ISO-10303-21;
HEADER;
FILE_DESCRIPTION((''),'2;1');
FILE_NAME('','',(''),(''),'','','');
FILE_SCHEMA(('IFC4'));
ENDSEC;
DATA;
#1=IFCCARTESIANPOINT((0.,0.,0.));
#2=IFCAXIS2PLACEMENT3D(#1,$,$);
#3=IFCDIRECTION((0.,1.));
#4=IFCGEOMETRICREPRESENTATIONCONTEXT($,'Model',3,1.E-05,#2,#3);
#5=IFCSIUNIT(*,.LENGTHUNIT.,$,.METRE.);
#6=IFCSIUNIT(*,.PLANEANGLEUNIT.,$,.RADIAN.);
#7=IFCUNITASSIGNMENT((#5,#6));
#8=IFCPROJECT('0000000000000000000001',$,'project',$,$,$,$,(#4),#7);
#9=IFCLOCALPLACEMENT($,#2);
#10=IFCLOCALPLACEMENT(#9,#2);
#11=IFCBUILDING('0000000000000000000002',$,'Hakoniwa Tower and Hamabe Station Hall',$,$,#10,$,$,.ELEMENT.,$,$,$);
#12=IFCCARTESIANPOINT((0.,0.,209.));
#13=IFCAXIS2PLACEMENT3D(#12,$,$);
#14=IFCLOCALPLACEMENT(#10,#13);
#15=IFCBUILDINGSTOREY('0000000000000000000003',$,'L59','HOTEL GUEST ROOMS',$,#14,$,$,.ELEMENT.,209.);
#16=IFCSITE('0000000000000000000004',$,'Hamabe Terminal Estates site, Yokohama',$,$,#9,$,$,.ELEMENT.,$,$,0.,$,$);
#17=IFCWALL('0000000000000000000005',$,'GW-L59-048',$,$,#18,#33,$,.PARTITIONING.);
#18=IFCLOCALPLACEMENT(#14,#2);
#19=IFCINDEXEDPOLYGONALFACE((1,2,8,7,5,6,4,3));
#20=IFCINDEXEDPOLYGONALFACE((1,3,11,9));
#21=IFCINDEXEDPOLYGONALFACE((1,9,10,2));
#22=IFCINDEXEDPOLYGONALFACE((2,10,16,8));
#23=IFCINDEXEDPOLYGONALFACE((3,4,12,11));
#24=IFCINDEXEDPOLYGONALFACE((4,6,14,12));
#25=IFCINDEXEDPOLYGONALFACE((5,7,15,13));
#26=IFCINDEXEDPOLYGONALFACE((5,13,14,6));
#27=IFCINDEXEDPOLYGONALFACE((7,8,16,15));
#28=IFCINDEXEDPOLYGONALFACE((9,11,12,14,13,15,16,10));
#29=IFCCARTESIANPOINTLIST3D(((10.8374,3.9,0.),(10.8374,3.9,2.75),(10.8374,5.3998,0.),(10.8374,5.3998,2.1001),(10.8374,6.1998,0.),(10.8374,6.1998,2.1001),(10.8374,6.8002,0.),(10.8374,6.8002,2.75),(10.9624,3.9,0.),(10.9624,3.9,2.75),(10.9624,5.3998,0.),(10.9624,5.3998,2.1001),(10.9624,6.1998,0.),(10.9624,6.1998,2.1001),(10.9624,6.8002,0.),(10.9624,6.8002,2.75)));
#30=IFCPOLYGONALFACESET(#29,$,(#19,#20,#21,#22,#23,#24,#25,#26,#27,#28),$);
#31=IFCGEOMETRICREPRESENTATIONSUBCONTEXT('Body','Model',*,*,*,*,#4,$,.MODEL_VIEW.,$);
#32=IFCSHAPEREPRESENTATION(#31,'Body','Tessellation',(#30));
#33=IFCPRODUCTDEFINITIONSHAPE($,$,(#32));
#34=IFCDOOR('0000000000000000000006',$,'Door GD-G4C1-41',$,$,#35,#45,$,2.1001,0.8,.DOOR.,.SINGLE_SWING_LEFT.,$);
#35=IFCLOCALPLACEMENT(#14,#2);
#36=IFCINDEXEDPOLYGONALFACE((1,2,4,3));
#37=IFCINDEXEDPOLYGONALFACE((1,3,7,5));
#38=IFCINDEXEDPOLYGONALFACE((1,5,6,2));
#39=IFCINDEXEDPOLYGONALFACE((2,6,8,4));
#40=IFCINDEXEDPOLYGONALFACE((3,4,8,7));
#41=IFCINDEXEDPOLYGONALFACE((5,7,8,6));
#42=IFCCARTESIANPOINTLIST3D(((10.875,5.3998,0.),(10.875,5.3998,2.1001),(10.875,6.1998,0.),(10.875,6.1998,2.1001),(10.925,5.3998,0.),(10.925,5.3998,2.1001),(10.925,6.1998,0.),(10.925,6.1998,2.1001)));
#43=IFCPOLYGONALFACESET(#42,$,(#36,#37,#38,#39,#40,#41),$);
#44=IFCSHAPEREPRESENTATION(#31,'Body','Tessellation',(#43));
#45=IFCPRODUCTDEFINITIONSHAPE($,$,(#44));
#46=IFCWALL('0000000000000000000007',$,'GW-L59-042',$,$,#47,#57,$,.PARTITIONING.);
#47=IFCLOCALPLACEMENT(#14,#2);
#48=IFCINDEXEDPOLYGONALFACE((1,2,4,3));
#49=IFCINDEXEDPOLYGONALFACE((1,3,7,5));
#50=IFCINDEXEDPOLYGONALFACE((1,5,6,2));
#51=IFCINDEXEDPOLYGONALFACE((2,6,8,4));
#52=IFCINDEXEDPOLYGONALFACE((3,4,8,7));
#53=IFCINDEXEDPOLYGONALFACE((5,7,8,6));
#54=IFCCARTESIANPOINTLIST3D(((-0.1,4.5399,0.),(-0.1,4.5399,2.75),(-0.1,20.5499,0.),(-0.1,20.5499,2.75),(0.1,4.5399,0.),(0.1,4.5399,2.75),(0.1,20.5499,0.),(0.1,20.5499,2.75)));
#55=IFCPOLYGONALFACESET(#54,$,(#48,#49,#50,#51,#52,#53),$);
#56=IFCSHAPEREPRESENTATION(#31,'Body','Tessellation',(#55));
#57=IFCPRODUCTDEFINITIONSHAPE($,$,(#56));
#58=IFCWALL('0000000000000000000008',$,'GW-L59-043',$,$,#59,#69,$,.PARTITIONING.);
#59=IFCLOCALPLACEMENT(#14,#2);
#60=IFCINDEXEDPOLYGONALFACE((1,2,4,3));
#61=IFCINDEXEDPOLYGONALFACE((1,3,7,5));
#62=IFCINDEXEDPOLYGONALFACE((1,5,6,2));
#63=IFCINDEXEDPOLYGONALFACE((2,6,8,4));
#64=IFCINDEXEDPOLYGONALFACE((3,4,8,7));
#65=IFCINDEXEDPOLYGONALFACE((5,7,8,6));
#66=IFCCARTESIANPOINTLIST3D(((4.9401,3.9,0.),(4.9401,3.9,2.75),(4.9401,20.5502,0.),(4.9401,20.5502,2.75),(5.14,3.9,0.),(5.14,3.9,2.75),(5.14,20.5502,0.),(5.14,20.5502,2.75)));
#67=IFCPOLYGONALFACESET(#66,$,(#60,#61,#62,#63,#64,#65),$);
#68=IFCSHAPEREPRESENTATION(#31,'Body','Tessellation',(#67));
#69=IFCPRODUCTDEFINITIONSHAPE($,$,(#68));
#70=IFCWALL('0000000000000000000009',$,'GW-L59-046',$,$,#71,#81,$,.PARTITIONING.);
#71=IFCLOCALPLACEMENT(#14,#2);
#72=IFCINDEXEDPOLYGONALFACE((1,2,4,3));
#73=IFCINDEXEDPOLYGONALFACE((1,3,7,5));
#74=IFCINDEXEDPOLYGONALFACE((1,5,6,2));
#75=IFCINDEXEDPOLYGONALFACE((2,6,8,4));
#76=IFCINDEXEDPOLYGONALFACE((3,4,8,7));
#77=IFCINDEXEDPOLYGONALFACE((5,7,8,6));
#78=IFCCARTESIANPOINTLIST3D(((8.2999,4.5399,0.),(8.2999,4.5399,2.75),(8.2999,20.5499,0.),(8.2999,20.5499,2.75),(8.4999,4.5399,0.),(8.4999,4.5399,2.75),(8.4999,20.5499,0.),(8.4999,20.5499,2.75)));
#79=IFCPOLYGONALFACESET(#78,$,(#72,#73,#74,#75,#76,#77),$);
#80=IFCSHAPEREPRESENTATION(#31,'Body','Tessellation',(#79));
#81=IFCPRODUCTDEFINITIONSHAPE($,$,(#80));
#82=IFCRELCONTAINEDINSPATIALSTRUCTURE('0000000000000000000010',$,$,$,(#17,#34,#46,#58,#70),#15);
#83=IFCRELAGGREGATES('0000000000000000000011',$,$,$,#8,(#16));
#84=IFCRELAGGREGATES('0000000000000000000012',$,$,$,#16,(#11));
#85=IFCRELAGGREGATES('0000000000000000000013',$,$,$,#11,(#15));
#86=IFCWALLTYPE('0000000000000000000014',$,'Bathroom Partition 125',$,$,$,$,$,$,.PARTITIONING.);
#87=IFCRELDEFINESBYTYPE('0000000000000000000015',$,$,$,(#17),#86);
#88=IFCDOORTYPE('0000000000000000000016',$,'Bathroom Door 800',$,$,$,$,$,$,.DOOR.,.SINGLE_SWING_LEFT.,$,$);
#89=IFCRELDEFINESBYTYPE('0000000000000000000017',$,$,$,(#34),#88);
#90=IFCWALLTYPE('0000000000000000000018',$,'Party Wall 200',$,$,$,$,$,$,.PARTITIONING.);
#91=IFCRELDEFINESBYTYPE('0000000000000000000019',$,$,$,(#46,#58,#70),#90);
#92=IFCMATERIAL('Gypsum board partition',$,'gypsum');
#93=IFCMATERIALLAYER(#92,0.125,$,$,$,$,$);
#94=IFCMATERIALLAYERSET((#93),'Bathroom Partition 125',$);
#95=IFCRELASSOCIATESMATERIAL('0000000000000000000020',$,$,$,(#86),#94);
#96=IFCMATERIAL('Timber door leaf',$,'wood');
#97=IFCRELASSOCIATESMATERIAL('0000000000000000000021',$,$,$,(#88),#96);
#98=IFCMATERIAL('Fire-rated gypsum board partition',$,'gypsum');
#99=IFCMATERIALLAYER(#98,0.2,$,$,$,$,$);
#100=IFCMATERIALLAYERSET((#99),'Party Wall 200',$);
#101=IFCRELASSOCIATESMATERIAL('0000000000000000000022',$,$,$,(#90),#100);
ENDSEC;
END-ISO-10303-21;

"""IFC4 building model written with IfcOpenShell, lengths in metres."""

from ifc_helpers import new_model, si_unit, direction, frame, frame_2d, origin, place, context, subcontext, project, spatial, rectangle, extrude, material, layer, layer_set, type_object, element, fill, save


model = new_model("IFC4")

# Units and contexts
model_context = context("Model", 3, precision=1e-05, world=origin(), true_north=direction((0.0, 1.0)))
body_context = subcontext(model_context, "Body", "Model", "MODEL_VIEW")
ifc_project = project(units=[si_unit("LENGTHUNIT", "METRE"), si_unit("PLANEANGLEUNIT", "RADIAN")], contexts=[model_context])

# Site, building, storey
site_placement = place(None, origin())
site = spatial("IfcSite", under=ifc_project, at=site_placement, Name="Hamabe Terminal Estates site, Yokohama", CompositionType="ELEMENT", RefElevation=0.0)
building_placement = place(site_placement, origin())
building = spatial("IfcBuilding", under=site, at=building_placement, Name="Hakoniwa Tower and Hamabe Station Hall", CompositionType="ELEMENT")
storey_placement = place(building_placement, frame((0.0, 0.0, 209.0)))
storey = spatial("IfcBuildingStorey", under=building, at=storey_placement, Name="L59", Description="HOTEL GUEST ROOMS", CompositionType="ELEMENT", Elevation=209.0)

# Shared definitions
ifc_material_1 = material(Name="Gypsum board partition", Category="gypsum")
ifc_layer_1 = layer(ifc_material_1, 0.125)
ifc_layer_set_1 = layer_set([ifc_layer_1], Name="Bathroom Partition 125")
wall_type_1 = type_object("IfcWallType", Name="Bathroom Partition 125", PredefinedType="PARTITIONING", material=ifc_layer_set_1)

# Wall, opening, door
wall_1_placement = place(storey_placement, frame((10.8999, 3.8999, 0.0), z_axis=(0.0, 0.0, 1.0), x_axis=(0.0, 1.0, 0.0)))
wall_1 = element("IfcWall", 1, at=wall_1_placement, inside=storey, type_object=wall_type_1, Name="GW-L59-048", PredefinedType="PARTITIONING", context=body_context, shape_type="SweptSolid", body=[
    extrude(rectangle(XDim=2.9001, YDim=0.125, at=frame_2d((1.4502, 0.0))), origin(), (0.0, 0.0, 1.0), 2.75),
])
opening_placement = place(wall_1_placement, frame((1.5, 0.0, 0.0)))
opening = element("IfcOpeningElement", 2, at=opening_placement, cuts=wall_1, PredefinedType="OPENING", context=body_context, shape_type="SweptSolid", body=[
    extrude(rectangle(XDim=0.8, YDim=2.1001, at=frame_2d((0.3999, 1.05))), frame((0.0, 0.0725, 0.0), z_axis=(0.0, -1.0, 0.0), x_axis=(1.0, 0.0, 0.0)), (0.0, 0.0, 1.0), 0.145),
])
ifc_material_2 = material(Name="Timber door leaf", Category="wood")
door_type = type_object("IfcDoorType", Name="Bathroom Door 800", OperationType="SINGLE_SWING_LEFT", PredefinedType="DOOR", material=ifc_material_2)
door_placement = place(opening_placement, origin())
door = element("IfcDoor", 3, at=door_placement, inside=storey, type_object=door_type, Name="Door GD-G4C1-41", OperationType="SINGLE_SWING_LEFT", OverallHeight=2.1001, OverallWidth=0.8, PredefinedType="DOOR", context=body_context, shape_type="SweptSolid", body=[
    extrude(rectangle(XDim=0.8, YDim=2.1001, at=frame_2d((0.3999, 1.05))), frame((0.0, 0.0249, 0.0), z_axis=(0.0, -1.0, 0.0), x_axis=(1.0, 0.0, 0.0)), (0.0, 0.0, 1.0), 0.05),
])
fill(opening, door)

# Walls
ifc_material_3 = material(Name="Fire-rated gypsum board partition", Category="gypsum")
ifc_layer_2 = layer(ifc_material_3, 0.2)
ifc_layer_set_2 = layer_set([ifc_layer_2], Name="Party Wall 200")
wall_type_2 = type_object("IfcWallType", Name="Party Wall 200", PredefinedType="PARTITIONING", material=ifc_layer_set_2)
wall_2_placement = place(storey_placement, frame((0.0, 4.54, 0.0), z_axis=(0.0, 0.0, 1.0), x_axis=(0.0, 1.0, 0.0)))
element("IfcWall", 4, at=wall_2_placement, inside=storey, type_object=wall_type_2, Name="GW-L59-042", PredefinedType="PARTITIONING", context=body_context, shape_type="SweptSolid", body=[
    extrude(rectangle(XDim=16.01, YDim=0.2, at=frame_2d((8.0049, 0.0))), origin(), (0.0, 0.0, 1.0), 2.75),
])
wall_3_placement = place(storey_placement, frame((5.04, 3.8999, 0.0), z_axis=(0.0, 0.0, 1.0), x_axis=(0.0, 1.0, 0.0)))
element("IfcWall", 5, at=wall_3_placement, inside=storey, type_object=wall_type_2, Name="GW-L59-043", PredefinedType="PARTITIONING", context=body_context, shape_type="SweptSolid", body=[
    extrude(rectangle(XDim=16.6501, YDim=0.2, at=frame_2d((8.3252, 0.0))), origin(), (0.0, 0.0, 1.0), 2.75),
])
wall_4_placement = place(storey_placement, frame((8.3999, 4.54, 0.0), z_axis=(0.0, 0.0, 1.0), x_axis=(0.0, 1.0, 0.0)))
element("IfcWall", 6, at=wall_4_placement, inside=storey, type_object=wall_type_2, Name="GW-L59-046", PredefinedType="PARTITIONING", context=body_context, shape_type="SweptSolid", body=[
    extrude(rectangle(XDim=16.01, YDim=0.2, at=frame_2d((8.0049, 0.0))), origin(), (0.0, 0.0, 1.0), 2.75),
])

save(model, "model.ifc")
